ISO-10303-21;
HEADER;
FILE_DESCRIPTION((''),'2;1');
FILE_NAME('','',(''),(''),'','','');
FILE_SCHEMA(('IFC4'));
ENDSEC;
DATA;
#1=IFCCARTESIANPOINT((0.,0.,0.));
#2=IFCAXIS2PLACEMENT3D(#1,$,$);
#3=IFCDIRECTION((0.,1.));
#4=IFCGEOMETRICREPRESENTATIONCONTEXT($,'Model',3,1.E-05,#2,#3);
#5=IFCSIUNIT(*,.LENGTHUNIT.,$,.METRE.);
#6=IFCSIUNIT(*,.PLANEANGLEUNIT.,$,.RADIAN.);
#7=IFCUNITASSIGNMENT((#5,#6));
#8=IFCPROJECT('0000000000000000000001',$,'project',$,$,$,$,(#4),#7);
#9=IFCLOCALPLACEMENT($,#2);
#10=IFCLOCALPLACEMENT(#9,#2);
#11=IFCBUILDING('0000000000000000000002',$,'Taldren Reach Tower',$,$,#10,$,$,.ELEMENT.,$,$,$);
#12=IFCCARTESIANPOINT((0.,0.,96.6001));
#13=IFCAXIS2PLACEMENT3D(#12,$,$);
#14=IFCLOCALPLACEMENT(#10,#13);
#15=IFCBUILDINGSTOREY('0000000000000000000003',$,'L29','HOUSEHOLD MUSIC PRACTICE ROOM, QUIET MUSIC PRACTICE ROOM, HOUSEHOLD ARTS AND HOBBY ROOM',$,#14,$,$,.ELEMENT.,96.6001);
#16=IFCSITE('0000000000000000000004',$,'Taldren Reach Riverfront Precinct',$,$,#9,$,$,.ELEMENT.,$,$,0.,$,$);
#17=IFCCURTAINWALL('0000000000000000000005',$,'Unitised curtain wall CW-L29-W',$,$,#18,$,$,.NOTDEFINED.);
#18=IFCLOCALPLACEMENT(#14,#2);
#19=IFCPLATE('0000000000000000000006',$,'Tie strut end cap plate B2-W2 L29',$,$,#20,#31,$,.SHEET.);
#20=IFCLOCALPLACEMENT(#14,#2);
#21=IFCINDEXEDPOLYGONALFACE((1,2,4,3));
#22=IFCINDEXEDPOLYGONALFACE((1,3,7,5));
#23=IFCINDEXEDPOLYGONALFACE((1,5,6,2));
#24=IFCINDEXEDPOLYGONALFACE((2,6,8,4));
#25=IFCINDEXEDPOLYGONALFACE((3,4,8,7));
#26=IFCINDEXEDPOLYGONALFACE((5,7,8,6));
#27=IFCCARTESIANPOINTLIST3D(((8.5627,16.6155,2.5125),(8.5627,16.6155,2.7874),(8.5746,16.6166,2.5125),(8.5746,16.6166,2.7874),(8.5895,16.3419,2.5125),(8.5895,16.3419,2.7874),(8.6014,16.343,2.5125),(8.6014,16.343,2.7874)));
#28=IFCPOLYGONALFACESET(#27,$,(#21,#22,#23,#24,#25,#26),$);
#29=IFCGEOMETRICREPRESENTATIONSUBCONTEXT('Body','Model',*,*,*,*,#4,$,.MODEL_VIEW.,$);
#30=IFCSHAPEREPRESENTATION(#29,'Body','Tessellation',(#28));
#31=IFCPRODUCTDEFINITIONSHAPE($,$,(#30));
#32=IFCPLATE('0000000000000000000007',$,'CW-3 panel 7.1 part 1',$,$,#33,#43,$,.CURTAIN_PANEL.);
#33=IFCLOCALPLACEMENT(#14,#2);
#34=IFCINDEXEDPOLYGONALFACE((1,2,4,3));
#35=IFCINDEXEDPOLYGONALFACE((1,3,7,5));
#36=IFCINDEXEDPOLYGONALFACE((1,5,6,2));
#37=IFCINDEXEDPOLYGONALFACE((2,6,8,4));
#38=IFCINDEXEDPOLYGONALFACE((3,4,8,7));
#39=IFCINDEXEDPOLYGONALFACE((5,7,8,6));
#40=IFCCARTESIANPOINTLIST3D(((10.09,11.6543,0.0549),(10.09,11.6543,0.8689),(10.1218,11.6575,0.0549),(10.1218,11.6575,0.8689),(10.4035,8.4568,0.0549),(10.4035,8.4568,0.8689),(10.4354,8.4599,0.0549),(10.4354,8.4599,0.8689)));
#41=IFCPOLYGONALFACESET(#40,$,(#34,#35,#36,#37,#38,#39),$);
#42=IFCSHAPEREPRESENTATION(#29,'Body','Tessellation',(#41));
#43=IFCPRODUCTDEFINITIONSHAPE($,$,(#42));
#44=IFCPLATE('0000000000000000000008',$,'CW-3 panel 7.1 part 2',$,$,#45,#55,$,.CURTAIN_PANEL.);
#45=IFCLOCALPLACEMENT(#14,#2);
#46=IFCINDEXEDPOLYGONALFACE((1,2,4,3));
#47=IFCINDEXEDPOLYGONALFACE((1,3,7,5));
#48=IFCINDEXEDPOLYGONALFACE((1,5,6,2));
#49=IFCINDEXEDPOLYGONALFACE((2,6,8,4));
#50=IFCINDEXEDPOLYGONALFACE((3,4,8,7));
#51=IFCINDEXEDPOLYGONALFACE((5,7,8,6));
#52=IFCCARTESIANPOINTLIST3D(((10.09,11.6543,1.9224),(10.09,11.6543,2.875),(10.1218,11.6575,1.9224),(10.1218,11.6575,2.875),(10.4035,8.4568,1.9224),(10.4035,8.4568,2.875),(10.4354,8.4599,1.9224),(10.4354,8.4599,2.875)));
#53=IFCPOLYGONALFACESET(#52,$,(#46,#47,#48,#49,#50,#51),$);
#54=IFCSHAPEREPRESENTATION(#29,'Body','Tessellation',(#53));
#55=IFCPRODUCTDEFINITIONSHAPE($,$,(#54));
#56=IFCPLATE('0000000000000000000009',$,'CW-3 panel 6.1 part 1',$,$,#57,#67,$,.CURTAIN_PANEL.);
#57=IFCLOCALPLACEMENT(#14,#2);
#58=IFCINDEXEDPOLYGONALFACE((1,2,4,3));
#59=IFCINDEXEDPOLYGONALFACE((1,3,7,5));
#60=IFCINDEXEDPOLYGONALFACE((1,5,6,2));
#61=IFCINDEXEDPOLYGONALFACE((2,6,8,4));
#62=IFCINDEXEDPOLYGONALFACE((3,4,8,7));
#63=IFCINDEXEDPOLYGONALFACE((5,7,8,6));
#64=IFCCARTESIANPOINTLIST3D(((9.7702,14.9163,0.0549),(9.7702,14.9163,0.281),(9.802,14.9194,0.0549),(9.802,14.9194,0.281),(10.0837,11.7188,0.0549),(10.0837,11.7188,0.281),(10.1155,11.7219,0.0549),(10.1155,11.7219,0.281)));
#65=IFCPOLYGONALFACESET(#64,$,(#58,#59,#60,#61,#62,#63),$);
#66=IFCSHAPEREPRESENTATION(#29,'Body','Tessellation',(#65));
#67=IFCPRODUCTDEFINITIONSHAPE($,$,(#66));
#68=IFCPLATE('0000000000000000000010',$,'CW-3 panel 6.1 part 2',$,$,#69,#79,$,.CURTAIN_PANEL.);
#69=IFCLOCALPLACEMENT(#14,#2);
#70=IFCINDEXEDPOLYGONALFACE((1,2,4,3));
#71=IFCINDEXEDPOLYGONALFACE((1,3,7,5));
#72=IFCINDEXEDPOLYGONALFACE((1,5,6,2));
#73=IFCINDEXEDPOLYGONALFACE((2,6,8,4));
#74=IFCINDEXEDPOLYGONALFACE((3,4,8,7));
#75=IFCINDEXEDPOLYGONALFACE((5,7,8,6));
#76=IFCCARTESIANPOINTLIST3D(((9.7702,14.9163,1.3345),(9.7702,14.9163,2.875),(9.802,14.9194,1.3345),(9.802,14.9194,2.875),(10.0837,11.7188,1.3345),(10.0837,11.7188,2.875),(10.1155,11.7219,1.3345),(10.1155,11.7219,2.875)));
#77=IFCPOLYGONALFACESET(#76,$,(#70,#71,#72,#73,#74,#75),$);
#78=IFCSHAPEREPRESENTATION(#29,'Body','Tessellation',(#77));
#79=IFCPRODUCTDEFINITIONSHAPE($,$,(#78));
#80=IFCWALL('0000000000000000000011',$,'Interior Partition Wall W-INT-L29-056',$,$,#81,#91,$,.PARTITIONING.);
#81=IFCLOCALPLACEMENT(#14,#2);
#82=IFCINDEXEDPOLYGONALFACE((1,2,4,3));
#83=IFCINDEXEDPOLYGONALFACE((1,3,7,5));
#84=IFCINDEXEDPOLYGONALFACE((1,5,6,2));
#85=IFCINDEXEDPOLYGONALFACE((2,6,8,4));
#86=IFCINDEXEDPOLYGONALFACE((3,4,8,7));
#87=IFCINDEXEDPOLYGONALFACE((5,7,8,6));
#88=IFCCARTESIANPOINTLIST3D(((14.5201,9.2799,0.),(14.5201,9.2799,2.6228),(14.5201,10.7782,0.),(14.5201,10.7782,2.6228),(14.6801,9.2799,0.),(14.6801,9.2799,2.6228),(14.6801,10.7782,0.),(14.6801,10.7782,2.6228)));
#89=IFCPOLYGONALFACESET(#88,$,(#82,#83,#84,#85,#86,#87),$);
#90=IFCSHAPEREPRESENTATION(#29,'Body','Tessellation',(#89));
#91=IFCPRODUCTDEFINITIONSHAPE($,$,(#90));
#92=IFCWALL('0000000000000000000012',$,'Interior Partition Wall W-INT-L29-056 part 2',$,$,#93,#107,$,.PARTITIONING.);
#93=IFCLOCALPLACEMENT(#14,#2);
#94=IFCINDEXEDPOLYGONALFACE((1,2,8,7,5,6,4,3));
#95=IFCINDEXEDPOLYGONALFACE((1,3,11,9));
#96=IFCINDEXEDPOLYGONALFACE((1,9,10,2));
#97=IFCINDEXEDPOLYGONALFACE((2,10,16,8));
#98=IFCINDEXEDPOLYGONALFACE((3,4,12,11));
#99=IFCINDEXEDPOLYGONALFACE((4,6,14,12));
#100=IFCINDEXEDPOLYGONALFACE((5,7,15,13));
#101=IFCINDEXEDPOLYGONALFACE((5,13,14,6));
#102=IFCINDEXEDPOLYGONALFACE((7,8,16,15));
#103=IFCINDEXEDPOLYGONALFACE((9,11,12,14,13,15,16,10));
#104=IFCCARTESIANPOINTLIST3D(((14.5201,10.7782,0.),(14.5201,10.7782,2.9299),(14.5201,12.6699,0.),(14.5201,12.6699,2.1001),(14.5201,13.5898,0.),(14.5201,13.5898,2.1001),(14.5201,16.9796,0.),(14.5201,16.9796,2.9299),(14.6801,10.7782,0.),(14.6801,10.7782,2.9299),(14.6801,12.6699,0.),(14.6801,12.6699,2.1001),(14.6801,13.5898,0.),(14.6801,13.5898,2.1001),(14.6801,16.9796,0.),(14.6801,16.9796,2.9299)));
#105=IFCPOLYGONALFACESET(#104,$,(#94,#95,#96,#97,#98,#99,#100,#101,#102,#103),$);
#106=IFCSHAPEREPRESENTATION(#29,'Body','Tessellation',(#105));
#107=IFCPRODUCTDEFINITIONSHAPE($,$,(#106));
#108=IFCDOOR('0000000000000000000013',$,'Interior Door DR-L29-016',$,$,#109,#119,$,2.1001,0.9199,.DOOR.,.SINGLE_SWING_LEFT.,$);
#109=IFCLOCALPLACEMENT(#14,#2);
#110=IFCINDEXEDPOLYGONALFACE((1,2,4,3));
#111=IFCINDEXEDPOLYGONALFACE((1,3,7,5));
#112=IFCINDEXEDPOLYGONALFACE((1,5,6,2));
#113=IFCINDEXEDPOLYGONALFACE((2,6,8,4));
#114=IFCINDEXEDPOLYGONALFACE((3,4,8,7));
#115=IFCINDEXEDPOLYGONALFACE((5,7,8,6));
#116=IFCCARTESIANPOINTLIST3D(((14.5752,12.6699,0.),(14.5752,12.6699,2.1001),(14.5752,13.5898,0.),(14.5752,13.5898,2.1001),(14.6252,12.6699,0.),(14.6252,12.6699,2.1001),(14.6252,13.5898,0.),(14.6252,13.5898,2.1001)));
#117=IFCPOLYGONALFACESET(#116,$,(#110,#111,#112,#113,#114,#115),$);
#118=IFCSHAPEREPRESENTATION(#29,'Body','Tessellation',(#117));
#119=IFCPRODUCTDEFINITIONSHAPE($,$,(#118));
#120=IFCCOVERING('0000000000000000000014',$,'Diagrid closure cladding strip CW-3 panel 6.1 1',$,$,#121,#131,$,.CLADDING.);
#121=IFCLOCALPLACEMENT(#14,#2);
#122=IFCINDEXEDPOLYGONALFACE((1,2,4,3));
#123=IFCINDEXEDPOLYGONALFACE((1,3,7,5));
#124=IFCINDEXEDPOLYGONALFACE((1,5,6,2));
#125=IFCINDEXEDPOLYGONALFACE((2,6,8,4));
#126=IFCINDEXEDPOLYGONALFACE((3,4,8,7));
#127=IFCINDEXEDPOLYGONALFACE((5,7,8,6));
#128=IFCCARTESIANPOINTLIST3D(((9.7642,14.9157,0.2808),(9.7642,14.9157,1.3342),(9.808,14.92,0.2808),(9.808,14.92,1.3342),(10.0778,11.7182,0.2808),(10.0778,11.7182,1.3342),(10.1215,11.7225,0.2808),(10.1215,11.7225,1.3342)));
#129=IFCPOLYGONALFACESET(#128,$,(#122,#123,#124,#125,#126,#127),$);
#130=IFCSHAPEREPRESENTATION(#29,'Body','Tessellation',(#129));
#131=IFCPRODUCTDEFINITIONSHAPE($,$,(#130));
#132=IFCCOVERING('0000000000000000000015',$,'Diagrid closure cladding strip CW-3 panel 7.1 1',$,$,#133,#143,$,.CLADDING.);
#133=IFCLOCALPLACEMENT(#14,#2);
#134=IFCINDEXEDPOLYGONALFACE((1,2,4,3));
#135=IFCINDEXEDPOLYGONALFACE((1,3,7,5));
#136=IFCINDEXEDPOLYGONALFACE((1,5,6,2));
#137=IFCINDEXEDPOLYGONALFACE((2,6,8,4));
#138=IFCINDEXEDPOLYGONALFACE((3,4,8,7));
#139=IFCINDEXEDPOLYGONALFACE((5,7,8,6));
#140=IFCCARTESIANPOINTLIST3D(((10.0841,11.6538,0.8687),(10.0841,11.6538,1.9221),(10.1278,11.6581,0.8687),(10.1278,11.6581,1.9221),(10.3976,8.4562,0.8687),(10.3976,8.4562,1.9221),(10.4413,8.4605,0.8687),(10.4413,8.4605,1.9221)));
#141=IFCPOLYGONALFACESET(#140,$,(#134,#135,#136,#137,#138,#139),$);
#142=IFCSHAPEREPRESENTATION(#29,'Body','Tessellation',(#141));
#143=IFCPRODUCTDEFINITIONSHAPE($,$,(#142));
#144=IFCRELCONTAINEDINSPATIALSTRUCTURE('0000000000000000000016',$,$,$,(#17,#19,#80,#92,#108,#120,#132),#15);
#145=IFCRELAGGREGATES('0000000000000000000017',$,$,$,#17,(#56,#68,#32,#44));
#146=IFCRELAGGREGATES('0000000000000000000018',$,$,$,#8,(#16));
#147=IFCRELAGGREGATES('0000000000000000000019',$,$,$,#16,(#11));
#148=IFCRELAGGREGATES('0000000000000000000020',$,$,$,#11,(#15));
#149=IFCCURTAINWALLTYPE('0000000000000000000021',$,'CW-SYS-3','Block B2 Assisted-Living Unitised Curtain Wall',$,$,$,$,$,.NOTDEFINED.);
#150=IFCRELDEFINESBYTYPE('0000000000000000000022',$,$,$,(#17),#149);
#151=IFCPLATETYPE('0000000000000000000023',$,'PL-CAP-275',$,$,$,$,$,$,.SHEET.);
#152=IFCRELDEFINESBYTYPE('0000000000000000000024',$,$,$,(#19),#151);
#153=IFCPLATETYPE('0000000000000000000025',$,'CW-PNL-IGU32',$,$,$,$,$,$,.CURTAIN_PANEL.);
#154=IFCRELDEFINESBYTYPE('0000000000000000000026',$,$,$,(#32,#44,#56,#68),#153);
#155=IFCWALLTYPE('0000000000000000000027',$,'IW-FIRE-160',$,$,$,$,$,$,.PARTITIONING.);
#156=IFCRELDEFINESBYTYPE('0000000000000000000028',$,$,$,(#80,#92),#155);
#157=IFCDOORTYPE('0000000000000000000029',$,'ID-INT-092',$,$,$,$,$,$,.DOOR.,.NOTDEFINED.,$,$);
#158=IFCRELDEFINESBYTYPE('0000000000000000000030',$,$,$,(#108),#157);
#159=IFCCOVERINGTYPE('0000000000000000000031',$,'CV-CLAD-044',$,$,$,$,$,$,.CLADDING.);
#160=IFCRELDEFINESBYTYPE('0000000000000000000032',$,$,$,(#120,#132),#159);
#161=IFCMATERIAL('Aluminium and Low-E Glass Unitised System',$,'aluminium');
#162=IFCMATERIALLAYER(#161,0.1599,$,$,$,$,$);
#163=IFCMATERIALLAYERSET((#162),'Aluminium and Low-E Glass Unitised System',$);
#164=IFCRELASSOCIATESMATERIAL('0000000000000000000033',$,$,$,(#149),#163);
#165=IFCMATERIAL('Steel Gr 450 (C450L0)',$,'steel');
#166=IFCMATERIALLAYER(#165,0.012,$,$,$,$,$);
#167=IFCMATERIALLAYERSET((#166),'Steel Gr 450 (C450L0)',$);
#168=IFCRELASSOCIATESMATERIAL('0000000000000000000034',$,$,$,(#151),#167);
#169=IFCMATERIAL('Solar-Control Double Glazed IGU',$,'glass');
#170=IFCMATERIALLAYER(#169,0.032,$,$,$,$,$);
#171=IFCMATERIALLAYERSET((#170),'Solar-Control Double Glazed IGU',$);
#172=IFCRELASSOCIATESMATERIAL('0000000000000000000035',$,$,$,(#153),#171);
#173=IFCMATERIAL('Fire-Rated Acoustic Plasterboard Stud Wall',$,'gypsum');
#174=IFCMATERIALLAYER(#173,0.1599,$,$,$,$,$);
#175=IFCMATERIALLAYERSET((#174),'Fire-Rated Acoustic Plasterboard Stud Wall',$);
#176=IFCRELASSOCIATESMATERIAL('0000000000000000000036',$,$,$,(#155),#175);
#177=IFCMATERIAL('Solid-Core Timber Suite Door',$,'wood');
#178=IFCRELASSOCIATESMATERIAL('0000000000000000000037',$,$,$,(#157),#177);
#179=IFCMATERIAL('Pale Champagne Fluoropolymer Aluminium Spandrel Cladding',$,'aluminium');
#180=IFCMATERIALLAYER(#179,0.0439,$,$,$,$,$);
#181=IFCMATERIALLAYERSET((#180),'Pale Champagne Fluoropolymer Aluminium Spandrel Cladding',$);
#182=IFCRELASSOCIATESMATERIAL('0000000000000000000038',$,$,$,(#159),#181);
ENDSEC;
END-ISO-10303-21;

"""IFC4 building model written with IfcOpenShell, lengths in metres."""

from ifc_helpers import new_model, si_unit, direction, frame, frame_2d, origin, origin_2d, place, context, subcontext, project, spatial, rectangle, extrude, source, transform, mapped, material, layer, layer_set, type_object, element, fill, aggregate, save


model = new_model("IFC4")

# Units and contexts
model_context = context("Model", 3, precision=1e-05, world=origin(), true_north=direction((0.0, 1.0)))
body_context = subcontext(model_context, "Body", "Model", "MODEL_VIEW")
ifc_project = project(units=[si_unit("LENGTHUNIT", "METRE"), si_unit("PLANEANGLEUNIT", "RADIAN")], contexts=[model_context])

# Site, building, storey
site_placement = place(None, origin())
site = spatial("IfcSite", under=ifc_project, at=site_placement, Name="Taldren Reach Riverfront Precinct", CompositionType="ELEMENT", RefElevation=0.0)
building_placement = place(site_placement, origin())
building = spatial("IfcBuilding", under=site, at=building_placement, Name="Taldren Reach Tower", CompositionType="ELEMENT")
storey_placement = place(building_placement, frame((0.0, 0.0, 96.6001)))
storey = spatial("IfcBuildingStorey", under=building, at=storey_placement, Name="L29", Description="HOUSEHOLD MUSIC PRACTICE ROOM, QUIET MUSIC PRACTICE ROOM, HOUSEHOLD ARTS AND HOBBY ROOM", CompositionType="ELEMENT", Elevation=96.6001)

# Shared definitions
ifc_material_1 = material(Name="Steel Gr 450 (C450L0)", Category="steel")

# Curtain wall
ifc_material_2 = material(Name="Aluminium and Low-E Glass Unitised System", Category="aluminium")
ifc_layer_1 = layer(ifc_material_2, 0.1599)
ifc_layer_set_1 = layer_set([ifc_layer_1], Name="Aluminium and Low-E Glass Unitised System")
curtain_wall_type = type_object("IfcCurtainWallType", Name="CW-SYS-3", Description="Block B2 Assisted-Living Unitised Curtain Wall", PredefinedType="NOTDEFINED", material=ifc_layer_set_1)
curtain_wall_placement = place(storey_placement, origin())
curtain_wall = element("IfcCurtainWall", 1, at=curtain_wall_placement, inside=storey, type_object=curtain_wall_type, Name="Unitised curtain wall CW-L29-W", PredefinedType="NOTDEFINED")

# Plates
ifc_layer_2 = layer(ifc_material_1, 0.012)
ifc_layer_set_2 = layer_set([ifc_layer_2], Name="Steel Gr 450 (C450L0)")
plate_type_1 = type_object("IfcPlateType", Name="PL-CAP-275", PredefinedType="SHEET", material=ifc_layer_set_2)
shared_shape_1 = source(origin(), body_context, "Body", "SweptSolid", [
    extrude(rectangle(XDim=0.012, YDim=0.2749, at=origin_2d()), origin(), (0.0, 0.0, 1.0), 0.2749),
])
plate_1_placement = place(storey_placement, frame((8.582, 16.4792, 2.5125), z_axis=(0.0, 0.0, 1.0), x_axis=(0.995227, 0.097583, 0.0)))
element("IfcPlate", 2, at=plate_1_placement, inside=storey, type_object=plate_type_1, Name="Tie strut end cap plate B2-W2 L29", PredefinedType="SHEET", context=body_context, shape_type="MappedRepresentation", body=[
    mapped(shared_shape_1, transform((0.0, 0.0, 0.0), scale=1.0)),
])
ifc_material_3 = material(Name="Solar-Control Double Glazed IGU", Category="glass")
ifc_layer_3 = layer(ifc_material_3, 0.032)
ifc_layer_set_3 = layer_set([ifc_layer_3], Name="Solar-Control Double Glazed IGU")
plate_type_2 = type_object("IfcPlateType", Name="CW-PNL-IGU32", PredefinedType="CURTAIN_PANEL", material=ifc_layer_set_3)
shared_shape_2 = source(origin(), body_context, "Body", "SweptSolid", [
    extrude(rectangle(XDim=3.2129, YDim=0.032, at=origin_2d()), origin(), (0.0, 0.0, 1.0), 0.814),
])
plate_2_placement = place(storey_placement, frame((10.2627, 10.0571, 0.0549), z_axis=(0.0, 0.0, 1.0), x_axis=(0.097583, -0.995227, 0.0)))
plate_2 = element("IfcPlate", 3, at=plate_2_placement, type_object=plate_type_2, Name="CW-3 panel 7.1 part 1", PredefinedType="CURTAIN_PANEL", context=body_context, shape_type="MappedRepresentation", body=[
    mapped(shared_shape_2, transform((0.0, 0.0, 0.0), scale=1.0)),
])
shared_shape_3 = source(origin(), body_context, "Body", "SweptSolid", [
    extrude(rectangle(XDim=3.2129, YDim=0.032, at=origin_2d()), origin(), (0.0, 0.0, 1.0), 0.9526),
])
plate_3_placement = place(storey_placement, frame((10.2627, 10.0571, 1.9224), z_axis=(0.0, 0.0, 1.0), x_axis=(0.097583, -0.995227, 0.0)))
plate_3 = element("IfcPlate", 4, at=plate_3_placement, type_object=plate_type_2, Name="CW-3 panel 7.1 part 2", PredefinedType="CURTAIN_PANEL", context=body_context, shape_type="MappedRepresentation", body=[
    mapped(shared_shape_3, transform((0.0, 0.0, 0.0), scale=1.0)),
])
shared_shape_4 = source(origin(), body_context, "Body", "SweptSolid", [
    extrude(rectangle(XDim=3.2129, YDim=0.032, at=origin_2d()), origin(), (0.0, 0.0, 1.0), 0.2261),
])
plate_4_placement = place(storey_placement, frame((9.9429, 13.3191, 0.0549), z_axis=(0.0, 0.0, 1.0), x_axis=(0.097583, -0.995227, 0.0)))
plate_4 = element("IfcPlate", 5, at=plate_4_placement, type_object=plate_type_2, Name="CW-3 panel 6.1 part 1", PredefinedType="CURTAIN_PANEL", context=body_context, shape_type="MappedRepresentation", body=[
    mapped(shared_shape_4, transform((0.0, 0.0, 0.0), scale=1.0)),
])
shared_shape_5 = source(origin(), body_context, "Body", "SweptSolid", [
    extrude(rectangle(XDim=3.2129, YDim=0.032, at=origin_2d()), origin(), (0.0, 0.0, 1.0), 1.5405),
])
plate_5_placement = place(storey_placement, frame((9.9429, 13.3191, 1.3345), z_axis=(0.0, 0.0, 1.0), x_axis=(0.097583, -0.995227, 0.0)))
plate_5 = element("IfcPlate", 6, at=plate_5_placement, type_object=plate_type_2, Name="CW-3 panel 6.1 part 2", PredefinedType="CURTAIN_PANEL", context=body_context, shape_type="MappedRepresentation", body=[
    mapped(shared_shape_5, transform((0.0, 0.0, 0.0), scale=1.0)),
])
aggregate(curtain_wall, [plate_4, plate_5, plate_2, plate_3])

# Wall
ifc_material_4 = material(Name="Fire-Rated Acoustic Plasterboard Stud Wall", Category="gypsum")
ifc_layer_4 = layer(ifc_material_4, 0.1599)
ifc_layer_set_4 = layer_set([ifc_layer_4], Name="Fire-Rated Acoustic Plasterboard Stud Wall")
wall_type = type_object("IfcWallType", Name="IW-FIRE-160", PredefinedType="PARTITIONING", material=ifc_layer_set_4)
shared_shape_6 = source(origin(), body_context, "Body", "SweptSolid", [
    extrude(rectangle(XDim=1.4983, YDim=0.1599, at=frame_2d((0.749, 0.0))), origin(), (0.0, 0.0, 1.0), 2.6228),
])
wall_1_placement = place(storey_placement, frame((14.6001, 9.28, 0.0), z_axis=(0.0, 0.0, 1.0), x_axis=(0.0, 1.0, 0.0)))
element("IfcWall", 7, at=wall_1_placement, inside=storey, type_object=wall_type, Name="Interior Partition Wall W-INT-L29-056", PredefinedType="PARTITIONING", context=body_context, shape_type="MappedRepresentation", body=[
    mapped(shared_shape_6, transform((0.0, 0.0, 0.0), scale=1.0)),
])

# Wall, opening, door
shared_shape_7 = source(origin(), body_context, "Body", "SweptSolid", [
    extrude(rectangle(XDim=6.2014, YDim=0.1599, at=frame_2d((3.1006, 0.0))), origin(), (0.0, 0.0, 1.0), 2.9299),
])
wall_2_placement = place(storey_placement, frame((14.6001, 10.7783, 0.0), z_axis=(0.0, 0.0, 1.0), x_axis=(0.0, 1.0, 0.0)))
wall_2 = element("IfcWall", 8, at=wall_2_placement, inside=storey, type_object=wall_type, Name="Interior Partition Wall W-INT-L29-056 part 2", PredefinedType="PARTITIONING", context=body_context, shape_type="MappedRepresentation", body=[
    mapped(shared_shape_7, transform((0.0, 0.0, 0.0), scale=1.0)),
])
shared_shape_8 = source(origin(), body_context, "Body", "SweptSolid", [
    extrude(rectangle(XDim=0.9199, YDim=2.1001, at=frame_2d((0.46, 1.05))), frame((0.0, 0.0898, 0.0), z_axis=(0.0, -1.0, 0.0), x_axis=(1.0, 0.0, 0.0)), (0.0, 0.0, 1.0), 0.1799),
])
opening_placement = place(wall_2_placement, frame((1.8916, 0.0, 0.0)))
opening = element("IfcOpeningElement", 9, at=opening_placement, cuts=wall_2, PredefinedType="OPENING", context=body_context, shape_type="MappedRepresentation", body=[
    mapped(shared_shape_8, transform((0.0, 0.0, 0.0), scale=1.0)),
])
ifc_material_5 = material(Name="Solid-Core Timber Suite Door", Category="wood")
door_type = type_object("IfcDoorType", Name="ID-INT-092", OperationType="NOTDEFINED", PredefinedType="DOOR", material=ifc_material_5)
shared_shape_9 = source(origin(), body_context, "Body", "SweptSolid", [
    extrude(rectangle(XDim=0.9199, YDim=2.1001, at=frame_2d((0.46, 1.05))), frame((0.0, 0.0249, 0.0), z_axis=(0.0, -1.0, 0.0), x_axis=(1.0, 0.0, 0.0)), (0.0, 0.0, 1.0), 0.05),
])
door_placement = place(opening_placement, origin())
door = element("IfcDoor", 10, at=door_placement, inside=storey, type_object=door_type, Name="Interior Door DR-L29-016", OperationType="SINGLE_SWING_LEFT", OverallHeight=2.1001, OverallWidth=0.9199, PredefinedType="DOOR", context=body_context, shape_type="MappedRepresentation", body=[
    mapped(shared_shape_9, transform((0.0, 0.0, 0.0), scale=1.0)),
])
fill(opening, door)

# Coverings
ifc_material_6 = material(Name="Pale Champagne Fluoropolymer Aluminium Spandrel Cladding", Category="aluminium")
ifc_layer_5 = layer(ifc_material_6, 0.0439)
ifc_layer_set_5 = layer_set([ifc_layer_5], Name="Pale Champagne Fluoropolymer Aluminium Spandrel Cladding")
covering_type = type_object("IfcCoveringType", Name="CV-CLAD-044", PredefinedType="CLADDING", material=ifc_layer_set_5)
shared_shape_10 = source(origin(), body_context, "Body", "SweptSolid", [
    extrude(rectangle(XDim=3.2129, YDim=0.0439, at=origin_2d()), origin(), (0.0, 0.0, 1.0), 1.0535),
])
for number, where, z_axis, x_axis, name in (
    (11, (9.9429, 13.3191, 0.2808), (0.0, 0.0, 1.0), (0.097583, -0.995227, 0.0), "Diagrid closure cladding strip CW-3 panel 6.1 1"),
    (12, (10.2627, 10.0571, 0.8687), (0.0, 0.0, 1.0), (0.097583, -0.995227, 0.0), "Diagrid closure cladding strip CW-3 panel 7.1 1"),
):
    element("IfcCovering", number, at=place(storey_placement, frame(where, z_axis=z_axis, x_axis=x_axis)), inside=storey, type_object=covering_type, Name=name, PredefinedType="CLADDING", context=body_context, shape_type="MappedRepresentation", body=[
        mapped(shared_shape_10, transform((0.0, 0.0, 0.0), scale=1.0)),
    ])

save(model, "model.ifc")
